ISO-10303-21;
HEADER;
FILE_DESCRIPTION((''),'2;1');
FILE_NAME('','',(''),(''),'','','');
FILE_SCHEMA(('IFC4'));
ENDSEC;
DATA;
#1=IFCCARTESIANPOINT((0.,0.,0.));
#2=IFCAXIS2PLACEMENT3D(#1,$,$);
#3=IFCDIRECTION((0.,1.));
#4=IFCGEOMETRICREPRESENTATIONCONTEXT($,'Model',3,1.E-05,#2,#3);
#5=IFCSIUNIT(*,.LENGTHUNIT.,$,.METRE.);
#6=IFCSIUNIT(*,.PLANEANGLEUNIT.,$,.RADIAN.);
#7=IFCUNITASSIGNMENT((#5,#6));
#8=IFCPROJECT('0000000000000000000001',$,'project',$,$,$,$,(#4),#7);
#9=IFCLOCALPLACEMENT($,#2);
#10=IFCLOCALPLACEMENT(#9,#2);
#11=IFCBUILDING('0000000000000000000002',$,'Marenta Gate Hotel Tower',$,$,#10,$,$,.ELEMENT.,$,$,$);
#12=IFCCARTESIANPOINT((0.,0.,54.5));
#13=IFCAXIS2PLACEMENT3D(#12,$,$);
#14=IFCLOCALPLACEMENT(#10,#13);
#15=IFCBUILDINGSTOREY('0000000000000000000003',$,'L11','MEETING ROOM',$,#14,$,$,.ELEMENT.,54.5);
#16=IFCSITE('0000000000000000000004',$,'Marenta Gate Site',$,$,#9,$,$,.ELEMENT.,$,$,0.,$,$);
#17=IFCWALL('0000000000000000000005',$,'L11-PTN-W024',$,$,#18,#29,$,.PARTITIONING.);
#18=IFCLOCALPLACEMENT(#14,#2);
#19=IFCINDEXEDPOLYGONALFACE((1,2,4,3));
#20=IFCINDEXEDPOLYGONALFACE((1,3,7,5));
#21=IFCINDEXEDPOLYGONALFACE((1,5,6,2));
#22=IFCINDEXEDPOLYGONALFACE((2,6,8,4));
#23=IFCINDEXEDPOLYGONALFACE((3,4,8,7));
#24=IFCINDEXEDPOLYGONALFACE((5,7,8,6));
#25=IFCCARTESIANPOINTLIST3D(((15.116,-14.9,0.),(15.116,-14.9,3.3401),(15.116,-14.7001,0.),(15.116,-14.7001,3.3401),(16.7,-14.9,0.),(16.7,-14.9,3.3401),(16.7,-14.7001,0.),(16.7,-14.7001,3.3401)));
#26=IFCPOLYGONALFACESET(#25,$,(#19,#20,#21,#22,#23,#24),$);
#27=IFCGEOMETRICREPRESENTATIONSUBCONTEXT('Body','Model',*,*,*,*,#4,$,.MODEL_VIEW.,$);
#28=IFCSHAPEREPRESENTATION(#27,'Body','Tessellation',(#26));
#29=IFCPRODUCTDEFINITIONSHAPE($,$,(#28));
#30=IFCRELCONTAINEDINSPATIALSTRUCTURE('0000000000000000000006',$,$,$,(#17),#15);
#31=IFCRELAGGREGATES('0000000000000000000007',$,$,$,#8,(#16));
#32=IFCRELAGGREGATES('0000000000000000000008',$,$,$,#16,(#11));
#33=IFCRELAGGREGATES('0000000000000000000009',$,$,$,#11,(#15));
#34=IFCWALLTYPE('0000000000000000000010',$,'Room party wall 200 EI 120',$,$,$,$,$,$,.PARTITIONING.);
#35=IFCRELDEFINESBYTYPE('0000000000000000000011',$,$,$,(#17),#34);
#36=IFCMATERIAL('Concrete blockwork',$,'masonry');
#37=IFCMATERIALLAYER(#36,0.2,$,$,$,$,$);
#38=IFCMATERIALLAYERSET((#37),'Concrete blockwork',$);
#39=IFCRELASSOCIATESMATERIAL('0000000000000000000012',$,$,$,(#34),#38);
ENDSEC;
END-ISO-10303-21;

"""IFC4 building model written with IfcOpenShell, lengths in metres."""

from ifc_helpers import new_model, si_unit, direction, frame, frame_2d, origin, place, context, subcontext, project, spatial, rectangle, extrude, material, layer, layer_set, type_object, element, save


model = new_model("IFC4")

# Units and contexts
model_context = context("Model", 3, precision=1e-05, world=origin(), true_north=direction((0.0, 1.0)))
body_context = subcontext(model_context, "Body", "Model", "MODEL_VIEW")
ifc_project = project(units=[si_unit("LENGTHUNIT", "METRE"), si_unit("PLANEANGLEUNIT", "RADIAN")], contexts=[model_context])

# Site, building, storey
site_placement = place(None, origin())
site = spatial("IfcSite", under=ifc_project, at=site_placement, Name="Marenta Gate Site", CompositionType="ELEMENT", RefElevation=0.0)
building_placement = place(site_placement, origin())
building = spatial("IfcBuilding", under=site, at=building_placement, Name="Marenta Gate Hotel Tower", CompositionType="ELEMENT")
storey_placement = place(building_placement, frame((0.0, 0.0, 54.5)))
storey = spatial("IfcBuildingStorey", under=building, at=storey_placement, Name="L11", Description="MEETING ROOM", CompositionType="ELEMENT", Elevation=54.5)

# Wall
ifc_material_1 = material(Name="Concrete blockwork", Category="masonry")
ifc_layer_1 = layer(ifc_material_1, 0.2)
ifc_layer_set_1 = layer_set([ifc_layer_1], Name="Concrete blockwork")
wall_type_1 = type_object("IfcWallType", Name="Room party wall 200 EI 120", PredefinedType="PARTITIONING", material=ifc_layer_set_1)
wall_1_placement = place(storey_placement, frame((15.116, -14.8, 0.0), z_axis=(0.0, 0.0, 1.0), x_axis=(1.0, 0.0, 0.0)))
element("IfcWall", 1, at=wall_1_placement, inside=storey, type_object=wall_type_1, Name="L11-PTN-W024", PredefinedType="PARTITIONING", context=body_context, shape_type="SweptSolid", body=[
    extrude(rectangle(XDim=1.584, YDim=0.2, at=frame_2d((0.792, 0.0))), origin(), (0.0, 0.0, 1.0), 3.3401),
])

save(model, "model.ifc")
